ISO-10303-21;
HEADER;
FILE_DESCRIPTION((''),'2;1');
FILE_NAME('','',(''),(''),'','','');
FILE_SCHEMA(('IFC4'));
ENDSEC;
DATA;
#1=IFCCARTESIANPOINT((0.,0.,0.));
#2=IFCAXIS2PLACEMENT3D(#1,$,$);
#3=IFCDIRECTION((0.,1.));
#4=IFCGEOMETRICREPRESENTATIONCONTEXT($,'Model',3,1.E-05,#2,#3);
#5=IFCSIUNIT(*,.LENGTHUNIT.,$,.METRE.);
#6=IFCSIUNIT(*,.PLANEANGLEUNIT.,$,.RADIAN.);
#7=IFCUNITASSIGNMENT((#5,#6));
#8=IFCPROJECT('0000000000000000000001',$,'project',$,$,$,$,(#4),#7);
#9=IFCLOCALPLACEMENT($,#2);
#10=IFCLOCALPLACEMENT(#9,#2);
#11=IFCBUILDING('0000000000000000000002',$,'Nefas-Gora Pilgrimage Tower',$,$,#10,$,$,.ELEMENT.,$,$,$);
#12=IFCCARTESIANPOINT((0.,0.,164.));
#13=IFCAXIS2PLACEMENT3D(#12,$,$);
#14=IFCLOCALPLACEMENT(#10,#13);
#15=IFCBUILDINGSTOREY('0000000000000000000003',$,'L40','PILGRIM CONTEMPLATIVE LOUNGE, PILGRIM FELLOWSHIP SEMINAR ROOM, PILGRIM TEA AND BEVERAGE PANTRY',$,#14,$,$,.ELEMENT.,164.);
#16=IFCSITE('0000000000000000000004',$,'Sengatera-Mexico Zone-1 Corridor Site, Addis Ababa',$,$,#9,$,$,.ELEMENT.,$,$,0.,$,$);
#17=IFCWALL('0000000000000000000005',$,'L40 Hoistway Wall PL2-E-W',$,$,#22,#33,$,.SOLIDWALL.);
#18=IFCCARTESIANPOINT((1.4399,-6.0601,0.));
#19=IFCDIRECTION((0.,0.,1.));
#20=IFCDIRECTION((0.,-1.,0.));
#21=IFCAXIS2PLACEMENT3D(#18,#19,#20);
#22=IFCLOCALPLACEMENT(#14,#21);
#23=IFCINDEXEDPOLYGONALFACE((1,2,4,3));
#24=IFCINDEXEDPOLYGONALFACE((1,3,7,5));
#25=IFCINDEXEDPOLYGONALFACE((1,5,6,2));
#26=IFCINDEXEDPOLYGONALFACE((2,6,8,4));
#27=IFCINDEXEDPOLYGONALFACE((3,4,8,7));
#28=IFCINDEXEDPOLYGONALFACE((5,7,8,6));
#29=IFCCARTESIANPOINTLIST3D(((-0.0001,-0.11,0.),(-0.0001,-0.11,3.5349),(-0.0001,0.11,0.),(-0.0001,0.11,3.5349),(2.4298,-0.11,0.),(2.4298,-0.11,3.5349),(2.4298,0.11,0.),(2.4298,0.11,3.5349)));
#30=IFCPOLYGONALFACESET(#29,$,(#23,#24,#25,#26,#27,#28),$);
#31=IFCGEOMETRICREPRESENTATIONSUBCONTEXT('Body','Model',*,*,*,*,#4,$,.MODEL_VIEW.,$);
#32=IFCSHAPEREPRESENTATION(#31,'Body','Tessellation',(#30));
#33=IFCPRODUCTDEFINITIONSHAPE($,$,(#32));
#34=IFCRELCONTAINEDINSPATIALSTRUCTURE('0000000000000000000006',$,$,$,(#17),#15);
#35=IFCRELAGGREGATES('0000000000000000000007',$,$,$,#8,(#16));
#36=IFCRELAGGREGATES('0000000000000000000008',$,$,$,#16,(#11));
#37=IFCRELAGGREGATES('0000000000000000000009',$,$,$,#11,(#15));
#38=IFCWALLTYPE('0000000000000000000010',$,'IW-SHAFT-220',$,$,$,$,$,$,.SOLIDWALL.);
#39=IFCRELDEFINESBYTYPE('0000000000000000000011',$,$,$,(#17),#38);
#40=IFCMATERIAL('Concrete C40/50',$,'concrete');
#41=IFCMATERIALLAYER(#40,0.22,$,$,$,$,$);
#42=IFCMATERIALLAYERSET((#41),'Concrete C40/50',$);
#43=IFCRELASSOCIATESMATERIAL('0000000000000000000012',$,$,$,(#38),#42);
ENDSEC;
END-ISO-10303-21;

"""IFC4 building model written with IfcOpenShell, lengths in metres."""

from ifc_helpers import new_model, si_unit, direction, frame, frame_2d, origin, place, context, subcontext, project, spatial, rectangle, extrude, source, transform, mapped, material, layer, layer_set, type_object, element, save


model = new_model("IFC4")

# Units and contexts
model_context = context("Model", 3, precision=1e-05, world=origin(), true_north=direction((0.0, 1.0)))
body_context = subcontext(model_context, "Body", "Model", "MODEL_VIEW")
ifc_project = project(units=[si_unit("LENGTHUNIT", "METRE"), si_unit("PLANEANGLEUNIT", "RADIAN")], contexts=[model_context])

# Site, building, storey
site_placement = place(None, origin())
site = spatial("IfcSite", under=ifc_project, at=site_placement, Name="Sengatera-Mexico Zone-1 Corridor Site, Addis Ababa", CompositionType="ELEMENT", RefElevation=0.0)
building_placement = place(site_placement, origin())
building = spatial("IfcBuilding", under=site, at=building_placement, Name="Nefas-Gora Pilgrimage Tower", CompositionType="ELEMENT")
storey_placement = place(building_placement, frame((0.0, 0.0, 164.0)))
storey = spatial("IfcBuildingStorey", under=building, at=storey_placement, Name="L40", Description="PILGRIM CONTEMPLATIVE LOUNGE, PILGRIM FELLOWSHIP SEMINAR ROOM, PILGRIM TEA AND BEVERAGE PANTRY", CompositionType="ELEMENT", Elevation=164.0)

# Shared definitions
ifc_material_1 = material(Name="Concrete C40/50", Category="concrete")
ifc_layer_1 = layer(ifc_material_1, 0.22)
ifc_layer_set_1 = layer_set([ifc_layer_1], Name="Concrete C40/50")
wall_type_1 = type_object("IfcWallType", Name="IW-SHAFT-220", PredefinedType="SOLIDWALL", material=ifc_layer_set_1)

# Wall
shared_shape_1 = source(origin(), body_context, "Body", "SweptSolid", [
    extrude(rectangle(XDim=2.4299, YDim=0.22, at=frame_2d((1.2148, 0.0))), origin(), (0.0, 0.0, 1.0), 3.5349),
])
for number, where, z_axis, x_axis, name in (
    (1, (1.4399, -6.0601, 0.0), (0.0, 0.0, 1.0), (0.0, -1.0, 0.0), "L40 Hoistway Wall PL2-E-W"),
):
    element("IfcWall", number, at=place(storey_placement, frame(where, z_axis=z_axis, x_axis=x_axis)), inside=storey, type_object=wall_type_1, Name=name, PredefinedType="SOLIDWALL", context=body_context, shape_type="MappedRepresentation", body=[
        mapped(shared_shape_1, transform((0.0, 0.0, 0.0), x_axis=(1.0, 0.0, 0.0), y_axis=(0.0, 1.0, 0.0), z_axis=(0.0, 0.0, 1.0), scale=1.0)),
    ])

save(model, "model.ifc")
